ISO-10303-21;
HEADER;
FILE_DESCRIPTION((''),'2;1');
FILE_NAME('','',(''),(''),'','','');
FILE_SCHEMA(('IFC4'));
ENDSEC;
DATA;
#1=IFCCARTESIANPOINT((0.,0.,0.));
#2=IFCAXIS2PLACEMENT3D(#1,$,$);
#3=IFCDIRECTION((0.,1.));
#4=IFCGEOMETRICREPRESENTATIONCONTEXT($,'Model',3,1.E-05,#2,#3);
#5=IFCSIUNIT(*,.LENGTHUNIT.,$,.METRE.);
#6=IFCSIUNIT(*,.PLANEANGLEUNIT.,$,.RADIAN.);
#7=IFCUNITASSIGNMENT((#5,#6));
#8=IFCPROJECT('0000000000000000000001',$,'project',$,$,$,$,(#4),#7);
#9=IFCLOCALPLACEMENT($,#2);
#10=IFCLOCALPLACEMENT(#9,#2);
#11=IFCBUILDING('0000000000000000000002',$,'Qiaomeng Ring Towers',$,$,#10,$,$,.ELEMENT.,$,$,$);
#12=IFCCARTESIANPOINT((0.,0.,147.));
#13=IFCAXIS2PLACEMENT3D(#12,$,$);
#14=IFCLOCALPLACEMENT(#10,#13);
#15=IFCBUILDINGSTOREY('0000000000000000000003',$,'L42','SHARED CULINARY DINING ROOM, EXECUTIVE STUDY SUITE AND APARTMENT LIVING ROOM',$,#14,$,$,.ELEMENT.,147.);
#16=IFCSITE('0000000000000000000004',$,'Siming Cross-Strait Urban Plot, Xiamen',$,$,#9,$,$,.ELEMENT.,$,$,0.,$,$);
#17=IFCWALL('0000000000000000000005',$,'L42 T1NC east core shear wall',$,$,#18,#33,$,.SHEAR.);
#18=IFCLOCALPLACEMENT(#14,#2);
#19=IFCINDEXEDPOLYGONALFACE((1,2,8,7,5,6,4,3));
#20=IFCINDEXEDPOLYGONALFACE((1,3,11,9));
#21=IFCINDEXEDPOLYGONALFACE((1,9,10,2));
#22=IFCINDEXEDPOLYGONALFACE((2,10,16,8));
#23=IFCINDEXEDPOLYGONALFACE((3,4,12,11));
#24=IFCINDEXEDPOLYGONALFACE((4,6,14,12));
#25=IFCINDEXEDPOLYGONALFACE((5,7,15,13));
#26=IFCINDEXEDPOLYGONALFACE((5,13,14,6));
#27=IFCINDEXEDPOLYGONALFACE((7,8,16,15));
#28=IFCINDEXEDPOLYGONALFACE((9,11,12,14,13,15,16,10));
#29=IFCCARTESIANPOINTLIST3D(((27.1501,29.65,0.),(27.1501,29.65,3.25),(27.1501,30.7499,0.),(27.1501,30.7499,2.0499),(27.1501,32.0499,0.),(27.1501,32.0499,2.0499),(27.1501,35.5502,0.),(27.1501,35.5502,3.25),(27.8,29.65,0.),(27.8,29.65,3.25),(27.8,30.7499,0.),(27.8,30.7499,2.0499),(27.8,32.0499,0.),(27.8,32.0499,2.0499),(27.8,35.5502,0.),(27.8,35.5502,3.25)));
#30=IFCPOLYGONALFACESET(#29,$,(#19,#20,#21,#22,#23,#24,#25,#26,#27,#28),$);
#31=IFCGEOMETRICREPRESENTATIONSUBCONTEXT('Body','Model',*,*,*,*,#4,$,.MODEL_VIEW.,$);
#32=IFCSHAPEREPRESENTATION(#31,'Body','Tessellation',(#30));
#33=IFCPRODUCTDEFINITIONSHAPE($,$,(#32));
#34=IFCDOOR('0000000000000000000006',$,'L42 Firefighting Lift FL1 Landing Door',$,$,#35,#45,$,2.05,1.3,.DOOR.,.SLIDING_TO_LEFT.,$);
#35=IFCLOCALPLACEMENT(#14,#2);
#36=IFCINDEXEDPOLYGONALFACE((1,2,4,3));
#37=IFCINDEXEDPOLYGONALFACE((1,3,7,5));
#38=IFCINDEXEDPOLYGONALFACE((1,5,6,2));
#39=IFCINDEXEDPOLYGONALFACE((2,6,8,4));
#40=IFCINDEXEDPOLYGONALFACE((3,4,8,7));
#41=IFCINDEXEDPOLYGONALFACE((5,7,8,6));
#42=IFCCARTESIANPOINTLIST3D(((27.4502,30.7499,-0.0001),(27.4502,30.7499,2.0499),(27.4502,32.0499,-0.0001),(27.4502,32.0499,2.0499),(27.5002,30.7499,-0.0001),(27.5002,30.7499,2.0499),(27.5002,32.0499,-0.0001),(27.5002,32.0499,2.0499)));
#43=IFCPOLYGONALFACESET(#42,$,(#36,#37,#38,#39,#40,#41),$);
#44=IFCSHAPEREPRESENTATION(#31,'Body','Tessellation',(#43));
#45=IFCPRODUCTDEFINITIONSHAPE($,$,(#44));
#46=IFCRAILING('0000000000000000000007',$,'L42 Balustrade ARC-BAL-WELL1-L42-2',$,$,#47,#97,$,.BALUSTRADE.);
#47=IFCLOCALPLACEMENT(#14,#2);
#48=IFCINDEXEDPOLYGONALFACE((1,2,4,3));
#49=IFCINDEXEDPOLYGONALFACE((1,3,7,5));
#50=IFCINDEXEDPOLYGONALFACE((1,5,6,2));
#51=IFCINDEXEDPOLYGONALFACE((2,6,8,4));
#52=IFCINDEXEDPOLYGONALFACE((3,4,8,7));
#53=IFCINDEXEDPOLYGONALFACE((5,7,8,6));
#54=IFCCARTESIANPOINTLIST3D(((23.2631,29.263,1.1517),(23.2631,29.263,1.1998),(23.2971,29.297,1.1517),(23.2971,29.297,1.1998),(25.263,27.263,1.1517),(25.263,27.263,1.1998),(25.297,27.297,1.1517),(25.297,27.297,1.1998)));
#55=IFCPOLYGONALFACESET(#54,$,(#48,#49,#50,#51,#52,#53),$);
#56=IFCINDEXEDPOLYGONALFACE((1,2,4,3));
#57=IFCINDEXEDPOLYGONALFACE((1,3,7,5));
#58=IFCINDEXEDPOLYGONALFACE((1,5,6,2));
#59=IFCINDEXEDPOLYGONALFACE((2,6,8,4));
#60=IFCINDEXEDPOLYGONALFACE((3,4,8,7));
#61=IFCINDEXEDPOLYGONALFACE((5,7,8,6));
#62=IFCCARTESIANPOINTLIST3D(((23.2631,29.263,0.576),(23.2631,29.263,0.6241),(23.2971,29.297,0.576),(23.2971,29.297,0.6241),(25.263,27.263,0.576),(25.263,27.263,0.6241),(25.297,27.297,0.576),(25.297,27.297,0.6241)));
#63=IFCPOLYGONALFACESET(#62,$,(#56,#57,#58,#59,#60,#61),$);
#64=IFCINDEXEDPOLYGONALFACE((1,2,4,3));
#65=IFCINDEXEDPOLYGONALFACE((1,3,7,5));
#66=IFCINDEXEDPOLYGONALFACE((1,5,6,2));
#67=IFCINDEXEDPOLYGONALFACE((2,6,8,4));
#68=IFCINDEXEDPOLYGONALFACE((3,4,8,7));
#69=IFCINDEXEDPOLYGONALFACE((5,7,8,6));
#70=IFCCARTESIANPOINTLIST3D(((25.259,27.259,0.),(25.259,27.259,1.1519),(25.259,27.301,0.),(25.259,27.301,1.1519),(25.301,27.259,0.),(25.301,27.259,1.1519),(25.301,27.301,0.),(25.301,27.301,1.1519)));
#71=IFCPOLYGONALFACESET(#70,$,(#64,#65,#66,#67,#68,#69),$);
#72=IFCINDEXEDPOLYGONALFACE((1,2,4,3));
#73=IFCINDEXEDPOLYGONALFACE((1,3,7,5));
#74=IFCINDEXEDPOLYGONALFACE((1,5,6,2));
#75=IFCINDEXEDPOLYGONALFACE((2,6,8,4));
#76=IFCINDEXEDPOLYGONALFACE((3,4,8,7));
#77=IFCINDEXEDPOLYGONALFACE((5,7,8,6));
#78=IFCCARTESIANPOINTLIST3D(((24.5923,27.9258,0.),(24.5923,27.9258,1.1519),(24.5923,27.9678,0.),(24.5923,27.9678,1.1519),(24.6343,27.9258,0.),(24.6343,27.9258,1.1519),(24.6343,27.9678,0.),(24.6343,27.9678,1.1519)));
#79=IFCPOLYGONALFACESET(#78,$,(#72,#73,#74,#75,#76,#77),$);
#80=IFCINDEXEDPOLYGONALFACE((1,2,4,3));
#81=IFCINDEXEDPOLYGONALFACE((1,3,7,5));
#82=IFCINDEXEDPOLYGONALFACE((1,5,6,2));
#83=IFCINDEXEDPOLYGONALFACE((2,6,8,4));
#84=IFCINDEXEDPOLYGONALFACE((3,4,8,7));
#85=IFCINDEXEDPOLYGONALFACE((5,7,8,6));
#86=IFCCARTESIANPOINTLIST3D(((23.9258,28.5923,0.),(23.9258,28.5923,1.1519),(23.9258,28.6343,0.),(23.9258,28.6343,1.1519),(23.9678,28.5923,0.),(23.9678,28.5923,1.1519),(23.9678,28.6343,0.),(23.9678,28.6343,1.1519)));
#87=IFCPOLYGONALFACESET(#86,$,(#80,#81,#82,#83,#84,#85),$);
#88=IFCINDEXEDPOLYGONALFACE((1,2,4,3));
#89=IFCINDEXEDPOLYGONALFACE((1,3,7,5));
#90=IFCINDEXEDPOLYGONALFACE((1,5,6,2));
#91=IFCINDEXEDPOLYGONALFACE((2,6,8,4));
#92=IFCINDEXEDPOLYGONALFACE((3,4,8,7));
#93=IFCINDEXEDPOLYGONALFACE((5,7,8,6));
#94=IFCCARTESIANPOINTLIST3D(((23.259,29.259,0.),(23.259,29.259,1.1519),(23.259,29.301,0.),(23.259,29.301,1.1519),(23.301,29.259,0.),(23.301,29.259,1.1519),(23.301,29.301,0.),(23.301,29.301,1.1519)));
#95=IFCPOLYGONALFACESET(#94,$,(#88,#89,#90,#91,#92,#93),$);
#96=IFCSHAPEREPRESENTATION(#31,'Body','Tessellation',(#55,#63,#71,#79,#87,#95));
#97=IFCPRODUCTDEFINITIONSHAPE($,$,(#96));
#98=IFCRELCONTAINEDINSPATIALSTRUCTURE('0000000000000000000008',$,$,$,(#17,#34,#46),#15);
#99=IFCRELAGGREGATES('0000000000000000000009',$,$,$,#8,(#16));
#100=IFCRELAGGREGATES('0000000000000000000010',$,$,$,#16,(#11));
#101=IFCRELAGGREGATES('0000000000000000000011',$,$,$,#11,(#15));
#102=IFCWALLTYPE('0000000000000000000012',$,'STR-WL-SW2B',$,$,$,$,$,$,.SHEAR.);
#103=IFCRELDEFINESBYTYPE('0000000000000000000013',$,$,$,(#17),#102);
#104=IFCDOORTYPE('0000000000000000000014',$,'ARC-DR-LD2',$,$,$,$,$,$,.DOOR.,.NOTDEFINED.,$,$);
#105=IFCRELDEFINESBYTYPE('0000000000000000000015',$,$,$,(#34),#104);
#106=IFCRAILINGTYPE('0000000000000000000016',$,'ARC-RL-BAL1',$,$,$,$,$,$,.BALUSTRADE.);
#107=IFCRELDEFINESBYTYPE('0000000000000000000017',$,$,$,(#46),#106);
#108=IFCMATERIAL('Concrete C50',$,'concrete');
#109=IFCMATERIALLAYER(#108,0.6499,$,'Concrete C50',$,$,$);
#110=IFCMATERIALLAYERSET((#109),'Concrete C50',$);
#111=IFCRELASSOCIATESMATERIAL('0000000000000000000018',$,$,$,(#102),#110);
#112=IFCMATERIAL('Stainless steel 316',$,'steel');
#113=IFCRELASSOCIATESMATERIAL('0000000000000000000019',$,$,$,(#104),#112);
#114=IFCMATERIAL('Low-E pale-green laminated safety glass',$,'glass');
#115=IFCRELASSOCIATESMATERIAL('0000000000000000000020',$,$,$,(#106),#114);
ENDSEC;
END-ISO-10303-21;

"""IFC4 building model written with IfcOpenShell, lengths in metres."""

from ifc_helpers import new_model, si_unit, direction, frame, frame_2d, origin, origin_2d, place, context, subcontext, project, spatial, rectangle, extrude, source, transform, mapped, material, layer, layer_set, type_object, element, fill, save


model = new_model("IFC4")

# Units and contexts
model_context = context("Model", 3, precision=1e-05, world=origin(), true_north=direction((0.0, 1.0)))
body_context = subcontext(model_context, "Body", "Model", "MODEL_VIEW")
ifc_project = project(units=[si_unit("LENGTHUNIT", "METRE"), si_unit("PLANEANGLEUNIT", "RADIAN")], contexts=[model_context])

# Site, building, storey
site_placement = place(None, origin())
site = spatial("IfcSite", under=ifc_project, at=site_placement, Name="Siming Cross-Strait Urban Plot, Xiamen", CompositionType="ELEMENT", RefElevation=0.0)
building_placement = place(site_placement, origin())
building = spatial("IfcBuilding", under=site, at=building_placement, Name="Qiaomeng Ring Towers", CompositionType="ELEMENT")
storey_placement = place(building_placement, frame((0.0, 0.0, 147.0)))
storey = spatial("IfcBuildingStorey", under=building, at=storey_placement, Name="L42", Description="SHARED CULINARY DINING ROOM, EXECUTIVE STUDY SUITE AND APARTMENT LIVING ROOM", CompositionType="ELEMENT", Elevation=147.0)

# Shared definitions
ifc_material_1 = material(Name="Concrete C50", Category="concrete")

# Wall, opening, door
ifc_layer_1 = layer(ifc_material_1, 0.6499, Name="Concrete C50")
ifc_layer_set_1 = layer_set([ifc_layer_1], Name="Concrete C50")
wall_type_1 = type_object("IfcWallType", Name="STR-WL-SW2B", PredefinedType="SHEAR", material=ifc_layer_set_1)
wall_1_placement = place(storey_placement, frame((27.4751, 29.6499, 0.0), z_axis=(0.0, 0.0, 1.0), x_axis=(0.0, 1.0, 0.0)))
wall_1 = element("IfcWall", 1, at=wall_1_placement, inside=storey, type_object=wall_type_1, Name="L42 T1NC east core shear wall", PredefinedType="SHEAR", context=body_context, shape_type="SweptSolid", body=[
    extrude(rectangle(XDim=5.9001, YDim=0.6499, at=frame_2d((2.9502, 0.0))), origin(), (0.0, 0.0, 1.0), 3.25),
])
opening_1_placement = place(wall_1_placement, frame((1.1001, 0.0, 0.0)))
opening_1 = element("IfcOpeningElement", 2, at=opening_1_placement, cuts=wall_1, PredefinedType="OPENING", context=body_context, shape_type="SweptSolid", body=[
    extrude(rectangle(XDim=1.3, YDim=2.05, at=frame_2d((0.6499, 1.0249))), frame((0.0, 0.335, 0.0), z_axis=(0.0, -1.0, 0.0), x_axis=(1.0, 0.0, 0.0)), (0.0, 0.0, 1.0), 0.6699),
])
ifc_material_2 = material(Name="Stainless steel 316", Category="steel")
door_type_1 = type_object("IfcDoorType", Name="ARC-DR-LD2", OperationType="NOTDEFINED", PredefinedType="DOOR", material=ifc_material_2)
shared_shape_1 = source(origin(), body_context, "Body", "SweptSolid", [
    extrude(rectangle(XDim=1.3, YDim=2.05, at=frame_2d((0.6499, 1.0249))), frame((0.0, 0.0249, 0.0), z_axis=(0.0, -1.0, 0.0), x_axis=(1.0, 0.0, 0.0)), (0.0, 0.0, 1.0), 0.05),
])
door_1_placement = place(opening_1_placement, origin())
door_1 = element("IfcDoor", 3, at=door_1_placement, inside=storey, type_object=door_type_1, Name="L42 Firefighting Lift FL1 Landing Door", OperationType="SLIDING_TO_LEFT", OverallHeight=2.05, OverallWidth=1.3, PredefinedType="DOOR", context=body_context, shape_type="MappedRepresentation", body=[
    mapped(shared_shape_1, transform((0.0, 0.0, 0.0), x_axis=(1.0, 0.0, 0.0), y_axis=(0.0, 1.0, 0.0), z_axis=(0.0, 0.0, 1.0), scale=1.0)),
])
fill(opening_1, door_1)

# Railing
ifc_material_3 = material(Name="Low-E pale-green laminated safety glass", Category="glass")
railing_type = type_object("IfcRailingType", Name="ARC-RL-BAL1", PredefinedType="BALUSTRADE", material=ifc_material_3)
railing_placement = place(storey_placement, frame((25.28, 27.28, 0.0)))
element("IfcRailing", 4, at=railing_placement, inside=storey, type_object=railing_type, Name="L42 Balustrade ARC-BAL-WELL1-L42-2", PredefinedType="BALUSTRADE", context=body_context, shape_type="SweptSolid", body=[
    extrude(rectangle(XDim=0.0481, YDim=0.0481, at=origin_2d()), frame((0.0, 0.0, 1.1758), z_axis=(-0.707107, 0.707107, 0.0), x_axis=(-0.707107, -0.707107, 0.0)), (0.0, 0.0, 1.0), 2.8284),
    extrude(rectangle(XDim=0.0481, YDim=0.0481, at=origin_2d()), frame((0.0, 0.0, 0.6001), z_axis=(-0.707107, 0.707107, 0.0), x_axis=(-0.707107, -0.707107, 0.0)), (0.0, 0.0, 1.0), 2.8284),
    extrude(rectangle(XDim=0.042, YDim=0.042, at=origin_2d()), origin(), (0.0, 0.0, 1.0), 1.1519),
    extrude(rectangle(XDim=0.042, YDim=0.042, at=origin_2d()), frame((-0.6667, 0.6667, 0.0)), (0.0, 0.0, 1.0), 1.1519),
    extrude(rectangle(XDim=0.042, YDim=0.042, at=origin_2d()), frame((-1.3333, 1.3333, 0.0)), (0.0, 0.0, 1.0), 1.1519),
    extrude(rectangle(XDim=0.042, YDim=0.042, at=origin_2d()), frame((-2.0, 2.0, 0.0)), (0.0, 0.0, 1.0), 1.1519),
])

save(model, "model.ifc")
